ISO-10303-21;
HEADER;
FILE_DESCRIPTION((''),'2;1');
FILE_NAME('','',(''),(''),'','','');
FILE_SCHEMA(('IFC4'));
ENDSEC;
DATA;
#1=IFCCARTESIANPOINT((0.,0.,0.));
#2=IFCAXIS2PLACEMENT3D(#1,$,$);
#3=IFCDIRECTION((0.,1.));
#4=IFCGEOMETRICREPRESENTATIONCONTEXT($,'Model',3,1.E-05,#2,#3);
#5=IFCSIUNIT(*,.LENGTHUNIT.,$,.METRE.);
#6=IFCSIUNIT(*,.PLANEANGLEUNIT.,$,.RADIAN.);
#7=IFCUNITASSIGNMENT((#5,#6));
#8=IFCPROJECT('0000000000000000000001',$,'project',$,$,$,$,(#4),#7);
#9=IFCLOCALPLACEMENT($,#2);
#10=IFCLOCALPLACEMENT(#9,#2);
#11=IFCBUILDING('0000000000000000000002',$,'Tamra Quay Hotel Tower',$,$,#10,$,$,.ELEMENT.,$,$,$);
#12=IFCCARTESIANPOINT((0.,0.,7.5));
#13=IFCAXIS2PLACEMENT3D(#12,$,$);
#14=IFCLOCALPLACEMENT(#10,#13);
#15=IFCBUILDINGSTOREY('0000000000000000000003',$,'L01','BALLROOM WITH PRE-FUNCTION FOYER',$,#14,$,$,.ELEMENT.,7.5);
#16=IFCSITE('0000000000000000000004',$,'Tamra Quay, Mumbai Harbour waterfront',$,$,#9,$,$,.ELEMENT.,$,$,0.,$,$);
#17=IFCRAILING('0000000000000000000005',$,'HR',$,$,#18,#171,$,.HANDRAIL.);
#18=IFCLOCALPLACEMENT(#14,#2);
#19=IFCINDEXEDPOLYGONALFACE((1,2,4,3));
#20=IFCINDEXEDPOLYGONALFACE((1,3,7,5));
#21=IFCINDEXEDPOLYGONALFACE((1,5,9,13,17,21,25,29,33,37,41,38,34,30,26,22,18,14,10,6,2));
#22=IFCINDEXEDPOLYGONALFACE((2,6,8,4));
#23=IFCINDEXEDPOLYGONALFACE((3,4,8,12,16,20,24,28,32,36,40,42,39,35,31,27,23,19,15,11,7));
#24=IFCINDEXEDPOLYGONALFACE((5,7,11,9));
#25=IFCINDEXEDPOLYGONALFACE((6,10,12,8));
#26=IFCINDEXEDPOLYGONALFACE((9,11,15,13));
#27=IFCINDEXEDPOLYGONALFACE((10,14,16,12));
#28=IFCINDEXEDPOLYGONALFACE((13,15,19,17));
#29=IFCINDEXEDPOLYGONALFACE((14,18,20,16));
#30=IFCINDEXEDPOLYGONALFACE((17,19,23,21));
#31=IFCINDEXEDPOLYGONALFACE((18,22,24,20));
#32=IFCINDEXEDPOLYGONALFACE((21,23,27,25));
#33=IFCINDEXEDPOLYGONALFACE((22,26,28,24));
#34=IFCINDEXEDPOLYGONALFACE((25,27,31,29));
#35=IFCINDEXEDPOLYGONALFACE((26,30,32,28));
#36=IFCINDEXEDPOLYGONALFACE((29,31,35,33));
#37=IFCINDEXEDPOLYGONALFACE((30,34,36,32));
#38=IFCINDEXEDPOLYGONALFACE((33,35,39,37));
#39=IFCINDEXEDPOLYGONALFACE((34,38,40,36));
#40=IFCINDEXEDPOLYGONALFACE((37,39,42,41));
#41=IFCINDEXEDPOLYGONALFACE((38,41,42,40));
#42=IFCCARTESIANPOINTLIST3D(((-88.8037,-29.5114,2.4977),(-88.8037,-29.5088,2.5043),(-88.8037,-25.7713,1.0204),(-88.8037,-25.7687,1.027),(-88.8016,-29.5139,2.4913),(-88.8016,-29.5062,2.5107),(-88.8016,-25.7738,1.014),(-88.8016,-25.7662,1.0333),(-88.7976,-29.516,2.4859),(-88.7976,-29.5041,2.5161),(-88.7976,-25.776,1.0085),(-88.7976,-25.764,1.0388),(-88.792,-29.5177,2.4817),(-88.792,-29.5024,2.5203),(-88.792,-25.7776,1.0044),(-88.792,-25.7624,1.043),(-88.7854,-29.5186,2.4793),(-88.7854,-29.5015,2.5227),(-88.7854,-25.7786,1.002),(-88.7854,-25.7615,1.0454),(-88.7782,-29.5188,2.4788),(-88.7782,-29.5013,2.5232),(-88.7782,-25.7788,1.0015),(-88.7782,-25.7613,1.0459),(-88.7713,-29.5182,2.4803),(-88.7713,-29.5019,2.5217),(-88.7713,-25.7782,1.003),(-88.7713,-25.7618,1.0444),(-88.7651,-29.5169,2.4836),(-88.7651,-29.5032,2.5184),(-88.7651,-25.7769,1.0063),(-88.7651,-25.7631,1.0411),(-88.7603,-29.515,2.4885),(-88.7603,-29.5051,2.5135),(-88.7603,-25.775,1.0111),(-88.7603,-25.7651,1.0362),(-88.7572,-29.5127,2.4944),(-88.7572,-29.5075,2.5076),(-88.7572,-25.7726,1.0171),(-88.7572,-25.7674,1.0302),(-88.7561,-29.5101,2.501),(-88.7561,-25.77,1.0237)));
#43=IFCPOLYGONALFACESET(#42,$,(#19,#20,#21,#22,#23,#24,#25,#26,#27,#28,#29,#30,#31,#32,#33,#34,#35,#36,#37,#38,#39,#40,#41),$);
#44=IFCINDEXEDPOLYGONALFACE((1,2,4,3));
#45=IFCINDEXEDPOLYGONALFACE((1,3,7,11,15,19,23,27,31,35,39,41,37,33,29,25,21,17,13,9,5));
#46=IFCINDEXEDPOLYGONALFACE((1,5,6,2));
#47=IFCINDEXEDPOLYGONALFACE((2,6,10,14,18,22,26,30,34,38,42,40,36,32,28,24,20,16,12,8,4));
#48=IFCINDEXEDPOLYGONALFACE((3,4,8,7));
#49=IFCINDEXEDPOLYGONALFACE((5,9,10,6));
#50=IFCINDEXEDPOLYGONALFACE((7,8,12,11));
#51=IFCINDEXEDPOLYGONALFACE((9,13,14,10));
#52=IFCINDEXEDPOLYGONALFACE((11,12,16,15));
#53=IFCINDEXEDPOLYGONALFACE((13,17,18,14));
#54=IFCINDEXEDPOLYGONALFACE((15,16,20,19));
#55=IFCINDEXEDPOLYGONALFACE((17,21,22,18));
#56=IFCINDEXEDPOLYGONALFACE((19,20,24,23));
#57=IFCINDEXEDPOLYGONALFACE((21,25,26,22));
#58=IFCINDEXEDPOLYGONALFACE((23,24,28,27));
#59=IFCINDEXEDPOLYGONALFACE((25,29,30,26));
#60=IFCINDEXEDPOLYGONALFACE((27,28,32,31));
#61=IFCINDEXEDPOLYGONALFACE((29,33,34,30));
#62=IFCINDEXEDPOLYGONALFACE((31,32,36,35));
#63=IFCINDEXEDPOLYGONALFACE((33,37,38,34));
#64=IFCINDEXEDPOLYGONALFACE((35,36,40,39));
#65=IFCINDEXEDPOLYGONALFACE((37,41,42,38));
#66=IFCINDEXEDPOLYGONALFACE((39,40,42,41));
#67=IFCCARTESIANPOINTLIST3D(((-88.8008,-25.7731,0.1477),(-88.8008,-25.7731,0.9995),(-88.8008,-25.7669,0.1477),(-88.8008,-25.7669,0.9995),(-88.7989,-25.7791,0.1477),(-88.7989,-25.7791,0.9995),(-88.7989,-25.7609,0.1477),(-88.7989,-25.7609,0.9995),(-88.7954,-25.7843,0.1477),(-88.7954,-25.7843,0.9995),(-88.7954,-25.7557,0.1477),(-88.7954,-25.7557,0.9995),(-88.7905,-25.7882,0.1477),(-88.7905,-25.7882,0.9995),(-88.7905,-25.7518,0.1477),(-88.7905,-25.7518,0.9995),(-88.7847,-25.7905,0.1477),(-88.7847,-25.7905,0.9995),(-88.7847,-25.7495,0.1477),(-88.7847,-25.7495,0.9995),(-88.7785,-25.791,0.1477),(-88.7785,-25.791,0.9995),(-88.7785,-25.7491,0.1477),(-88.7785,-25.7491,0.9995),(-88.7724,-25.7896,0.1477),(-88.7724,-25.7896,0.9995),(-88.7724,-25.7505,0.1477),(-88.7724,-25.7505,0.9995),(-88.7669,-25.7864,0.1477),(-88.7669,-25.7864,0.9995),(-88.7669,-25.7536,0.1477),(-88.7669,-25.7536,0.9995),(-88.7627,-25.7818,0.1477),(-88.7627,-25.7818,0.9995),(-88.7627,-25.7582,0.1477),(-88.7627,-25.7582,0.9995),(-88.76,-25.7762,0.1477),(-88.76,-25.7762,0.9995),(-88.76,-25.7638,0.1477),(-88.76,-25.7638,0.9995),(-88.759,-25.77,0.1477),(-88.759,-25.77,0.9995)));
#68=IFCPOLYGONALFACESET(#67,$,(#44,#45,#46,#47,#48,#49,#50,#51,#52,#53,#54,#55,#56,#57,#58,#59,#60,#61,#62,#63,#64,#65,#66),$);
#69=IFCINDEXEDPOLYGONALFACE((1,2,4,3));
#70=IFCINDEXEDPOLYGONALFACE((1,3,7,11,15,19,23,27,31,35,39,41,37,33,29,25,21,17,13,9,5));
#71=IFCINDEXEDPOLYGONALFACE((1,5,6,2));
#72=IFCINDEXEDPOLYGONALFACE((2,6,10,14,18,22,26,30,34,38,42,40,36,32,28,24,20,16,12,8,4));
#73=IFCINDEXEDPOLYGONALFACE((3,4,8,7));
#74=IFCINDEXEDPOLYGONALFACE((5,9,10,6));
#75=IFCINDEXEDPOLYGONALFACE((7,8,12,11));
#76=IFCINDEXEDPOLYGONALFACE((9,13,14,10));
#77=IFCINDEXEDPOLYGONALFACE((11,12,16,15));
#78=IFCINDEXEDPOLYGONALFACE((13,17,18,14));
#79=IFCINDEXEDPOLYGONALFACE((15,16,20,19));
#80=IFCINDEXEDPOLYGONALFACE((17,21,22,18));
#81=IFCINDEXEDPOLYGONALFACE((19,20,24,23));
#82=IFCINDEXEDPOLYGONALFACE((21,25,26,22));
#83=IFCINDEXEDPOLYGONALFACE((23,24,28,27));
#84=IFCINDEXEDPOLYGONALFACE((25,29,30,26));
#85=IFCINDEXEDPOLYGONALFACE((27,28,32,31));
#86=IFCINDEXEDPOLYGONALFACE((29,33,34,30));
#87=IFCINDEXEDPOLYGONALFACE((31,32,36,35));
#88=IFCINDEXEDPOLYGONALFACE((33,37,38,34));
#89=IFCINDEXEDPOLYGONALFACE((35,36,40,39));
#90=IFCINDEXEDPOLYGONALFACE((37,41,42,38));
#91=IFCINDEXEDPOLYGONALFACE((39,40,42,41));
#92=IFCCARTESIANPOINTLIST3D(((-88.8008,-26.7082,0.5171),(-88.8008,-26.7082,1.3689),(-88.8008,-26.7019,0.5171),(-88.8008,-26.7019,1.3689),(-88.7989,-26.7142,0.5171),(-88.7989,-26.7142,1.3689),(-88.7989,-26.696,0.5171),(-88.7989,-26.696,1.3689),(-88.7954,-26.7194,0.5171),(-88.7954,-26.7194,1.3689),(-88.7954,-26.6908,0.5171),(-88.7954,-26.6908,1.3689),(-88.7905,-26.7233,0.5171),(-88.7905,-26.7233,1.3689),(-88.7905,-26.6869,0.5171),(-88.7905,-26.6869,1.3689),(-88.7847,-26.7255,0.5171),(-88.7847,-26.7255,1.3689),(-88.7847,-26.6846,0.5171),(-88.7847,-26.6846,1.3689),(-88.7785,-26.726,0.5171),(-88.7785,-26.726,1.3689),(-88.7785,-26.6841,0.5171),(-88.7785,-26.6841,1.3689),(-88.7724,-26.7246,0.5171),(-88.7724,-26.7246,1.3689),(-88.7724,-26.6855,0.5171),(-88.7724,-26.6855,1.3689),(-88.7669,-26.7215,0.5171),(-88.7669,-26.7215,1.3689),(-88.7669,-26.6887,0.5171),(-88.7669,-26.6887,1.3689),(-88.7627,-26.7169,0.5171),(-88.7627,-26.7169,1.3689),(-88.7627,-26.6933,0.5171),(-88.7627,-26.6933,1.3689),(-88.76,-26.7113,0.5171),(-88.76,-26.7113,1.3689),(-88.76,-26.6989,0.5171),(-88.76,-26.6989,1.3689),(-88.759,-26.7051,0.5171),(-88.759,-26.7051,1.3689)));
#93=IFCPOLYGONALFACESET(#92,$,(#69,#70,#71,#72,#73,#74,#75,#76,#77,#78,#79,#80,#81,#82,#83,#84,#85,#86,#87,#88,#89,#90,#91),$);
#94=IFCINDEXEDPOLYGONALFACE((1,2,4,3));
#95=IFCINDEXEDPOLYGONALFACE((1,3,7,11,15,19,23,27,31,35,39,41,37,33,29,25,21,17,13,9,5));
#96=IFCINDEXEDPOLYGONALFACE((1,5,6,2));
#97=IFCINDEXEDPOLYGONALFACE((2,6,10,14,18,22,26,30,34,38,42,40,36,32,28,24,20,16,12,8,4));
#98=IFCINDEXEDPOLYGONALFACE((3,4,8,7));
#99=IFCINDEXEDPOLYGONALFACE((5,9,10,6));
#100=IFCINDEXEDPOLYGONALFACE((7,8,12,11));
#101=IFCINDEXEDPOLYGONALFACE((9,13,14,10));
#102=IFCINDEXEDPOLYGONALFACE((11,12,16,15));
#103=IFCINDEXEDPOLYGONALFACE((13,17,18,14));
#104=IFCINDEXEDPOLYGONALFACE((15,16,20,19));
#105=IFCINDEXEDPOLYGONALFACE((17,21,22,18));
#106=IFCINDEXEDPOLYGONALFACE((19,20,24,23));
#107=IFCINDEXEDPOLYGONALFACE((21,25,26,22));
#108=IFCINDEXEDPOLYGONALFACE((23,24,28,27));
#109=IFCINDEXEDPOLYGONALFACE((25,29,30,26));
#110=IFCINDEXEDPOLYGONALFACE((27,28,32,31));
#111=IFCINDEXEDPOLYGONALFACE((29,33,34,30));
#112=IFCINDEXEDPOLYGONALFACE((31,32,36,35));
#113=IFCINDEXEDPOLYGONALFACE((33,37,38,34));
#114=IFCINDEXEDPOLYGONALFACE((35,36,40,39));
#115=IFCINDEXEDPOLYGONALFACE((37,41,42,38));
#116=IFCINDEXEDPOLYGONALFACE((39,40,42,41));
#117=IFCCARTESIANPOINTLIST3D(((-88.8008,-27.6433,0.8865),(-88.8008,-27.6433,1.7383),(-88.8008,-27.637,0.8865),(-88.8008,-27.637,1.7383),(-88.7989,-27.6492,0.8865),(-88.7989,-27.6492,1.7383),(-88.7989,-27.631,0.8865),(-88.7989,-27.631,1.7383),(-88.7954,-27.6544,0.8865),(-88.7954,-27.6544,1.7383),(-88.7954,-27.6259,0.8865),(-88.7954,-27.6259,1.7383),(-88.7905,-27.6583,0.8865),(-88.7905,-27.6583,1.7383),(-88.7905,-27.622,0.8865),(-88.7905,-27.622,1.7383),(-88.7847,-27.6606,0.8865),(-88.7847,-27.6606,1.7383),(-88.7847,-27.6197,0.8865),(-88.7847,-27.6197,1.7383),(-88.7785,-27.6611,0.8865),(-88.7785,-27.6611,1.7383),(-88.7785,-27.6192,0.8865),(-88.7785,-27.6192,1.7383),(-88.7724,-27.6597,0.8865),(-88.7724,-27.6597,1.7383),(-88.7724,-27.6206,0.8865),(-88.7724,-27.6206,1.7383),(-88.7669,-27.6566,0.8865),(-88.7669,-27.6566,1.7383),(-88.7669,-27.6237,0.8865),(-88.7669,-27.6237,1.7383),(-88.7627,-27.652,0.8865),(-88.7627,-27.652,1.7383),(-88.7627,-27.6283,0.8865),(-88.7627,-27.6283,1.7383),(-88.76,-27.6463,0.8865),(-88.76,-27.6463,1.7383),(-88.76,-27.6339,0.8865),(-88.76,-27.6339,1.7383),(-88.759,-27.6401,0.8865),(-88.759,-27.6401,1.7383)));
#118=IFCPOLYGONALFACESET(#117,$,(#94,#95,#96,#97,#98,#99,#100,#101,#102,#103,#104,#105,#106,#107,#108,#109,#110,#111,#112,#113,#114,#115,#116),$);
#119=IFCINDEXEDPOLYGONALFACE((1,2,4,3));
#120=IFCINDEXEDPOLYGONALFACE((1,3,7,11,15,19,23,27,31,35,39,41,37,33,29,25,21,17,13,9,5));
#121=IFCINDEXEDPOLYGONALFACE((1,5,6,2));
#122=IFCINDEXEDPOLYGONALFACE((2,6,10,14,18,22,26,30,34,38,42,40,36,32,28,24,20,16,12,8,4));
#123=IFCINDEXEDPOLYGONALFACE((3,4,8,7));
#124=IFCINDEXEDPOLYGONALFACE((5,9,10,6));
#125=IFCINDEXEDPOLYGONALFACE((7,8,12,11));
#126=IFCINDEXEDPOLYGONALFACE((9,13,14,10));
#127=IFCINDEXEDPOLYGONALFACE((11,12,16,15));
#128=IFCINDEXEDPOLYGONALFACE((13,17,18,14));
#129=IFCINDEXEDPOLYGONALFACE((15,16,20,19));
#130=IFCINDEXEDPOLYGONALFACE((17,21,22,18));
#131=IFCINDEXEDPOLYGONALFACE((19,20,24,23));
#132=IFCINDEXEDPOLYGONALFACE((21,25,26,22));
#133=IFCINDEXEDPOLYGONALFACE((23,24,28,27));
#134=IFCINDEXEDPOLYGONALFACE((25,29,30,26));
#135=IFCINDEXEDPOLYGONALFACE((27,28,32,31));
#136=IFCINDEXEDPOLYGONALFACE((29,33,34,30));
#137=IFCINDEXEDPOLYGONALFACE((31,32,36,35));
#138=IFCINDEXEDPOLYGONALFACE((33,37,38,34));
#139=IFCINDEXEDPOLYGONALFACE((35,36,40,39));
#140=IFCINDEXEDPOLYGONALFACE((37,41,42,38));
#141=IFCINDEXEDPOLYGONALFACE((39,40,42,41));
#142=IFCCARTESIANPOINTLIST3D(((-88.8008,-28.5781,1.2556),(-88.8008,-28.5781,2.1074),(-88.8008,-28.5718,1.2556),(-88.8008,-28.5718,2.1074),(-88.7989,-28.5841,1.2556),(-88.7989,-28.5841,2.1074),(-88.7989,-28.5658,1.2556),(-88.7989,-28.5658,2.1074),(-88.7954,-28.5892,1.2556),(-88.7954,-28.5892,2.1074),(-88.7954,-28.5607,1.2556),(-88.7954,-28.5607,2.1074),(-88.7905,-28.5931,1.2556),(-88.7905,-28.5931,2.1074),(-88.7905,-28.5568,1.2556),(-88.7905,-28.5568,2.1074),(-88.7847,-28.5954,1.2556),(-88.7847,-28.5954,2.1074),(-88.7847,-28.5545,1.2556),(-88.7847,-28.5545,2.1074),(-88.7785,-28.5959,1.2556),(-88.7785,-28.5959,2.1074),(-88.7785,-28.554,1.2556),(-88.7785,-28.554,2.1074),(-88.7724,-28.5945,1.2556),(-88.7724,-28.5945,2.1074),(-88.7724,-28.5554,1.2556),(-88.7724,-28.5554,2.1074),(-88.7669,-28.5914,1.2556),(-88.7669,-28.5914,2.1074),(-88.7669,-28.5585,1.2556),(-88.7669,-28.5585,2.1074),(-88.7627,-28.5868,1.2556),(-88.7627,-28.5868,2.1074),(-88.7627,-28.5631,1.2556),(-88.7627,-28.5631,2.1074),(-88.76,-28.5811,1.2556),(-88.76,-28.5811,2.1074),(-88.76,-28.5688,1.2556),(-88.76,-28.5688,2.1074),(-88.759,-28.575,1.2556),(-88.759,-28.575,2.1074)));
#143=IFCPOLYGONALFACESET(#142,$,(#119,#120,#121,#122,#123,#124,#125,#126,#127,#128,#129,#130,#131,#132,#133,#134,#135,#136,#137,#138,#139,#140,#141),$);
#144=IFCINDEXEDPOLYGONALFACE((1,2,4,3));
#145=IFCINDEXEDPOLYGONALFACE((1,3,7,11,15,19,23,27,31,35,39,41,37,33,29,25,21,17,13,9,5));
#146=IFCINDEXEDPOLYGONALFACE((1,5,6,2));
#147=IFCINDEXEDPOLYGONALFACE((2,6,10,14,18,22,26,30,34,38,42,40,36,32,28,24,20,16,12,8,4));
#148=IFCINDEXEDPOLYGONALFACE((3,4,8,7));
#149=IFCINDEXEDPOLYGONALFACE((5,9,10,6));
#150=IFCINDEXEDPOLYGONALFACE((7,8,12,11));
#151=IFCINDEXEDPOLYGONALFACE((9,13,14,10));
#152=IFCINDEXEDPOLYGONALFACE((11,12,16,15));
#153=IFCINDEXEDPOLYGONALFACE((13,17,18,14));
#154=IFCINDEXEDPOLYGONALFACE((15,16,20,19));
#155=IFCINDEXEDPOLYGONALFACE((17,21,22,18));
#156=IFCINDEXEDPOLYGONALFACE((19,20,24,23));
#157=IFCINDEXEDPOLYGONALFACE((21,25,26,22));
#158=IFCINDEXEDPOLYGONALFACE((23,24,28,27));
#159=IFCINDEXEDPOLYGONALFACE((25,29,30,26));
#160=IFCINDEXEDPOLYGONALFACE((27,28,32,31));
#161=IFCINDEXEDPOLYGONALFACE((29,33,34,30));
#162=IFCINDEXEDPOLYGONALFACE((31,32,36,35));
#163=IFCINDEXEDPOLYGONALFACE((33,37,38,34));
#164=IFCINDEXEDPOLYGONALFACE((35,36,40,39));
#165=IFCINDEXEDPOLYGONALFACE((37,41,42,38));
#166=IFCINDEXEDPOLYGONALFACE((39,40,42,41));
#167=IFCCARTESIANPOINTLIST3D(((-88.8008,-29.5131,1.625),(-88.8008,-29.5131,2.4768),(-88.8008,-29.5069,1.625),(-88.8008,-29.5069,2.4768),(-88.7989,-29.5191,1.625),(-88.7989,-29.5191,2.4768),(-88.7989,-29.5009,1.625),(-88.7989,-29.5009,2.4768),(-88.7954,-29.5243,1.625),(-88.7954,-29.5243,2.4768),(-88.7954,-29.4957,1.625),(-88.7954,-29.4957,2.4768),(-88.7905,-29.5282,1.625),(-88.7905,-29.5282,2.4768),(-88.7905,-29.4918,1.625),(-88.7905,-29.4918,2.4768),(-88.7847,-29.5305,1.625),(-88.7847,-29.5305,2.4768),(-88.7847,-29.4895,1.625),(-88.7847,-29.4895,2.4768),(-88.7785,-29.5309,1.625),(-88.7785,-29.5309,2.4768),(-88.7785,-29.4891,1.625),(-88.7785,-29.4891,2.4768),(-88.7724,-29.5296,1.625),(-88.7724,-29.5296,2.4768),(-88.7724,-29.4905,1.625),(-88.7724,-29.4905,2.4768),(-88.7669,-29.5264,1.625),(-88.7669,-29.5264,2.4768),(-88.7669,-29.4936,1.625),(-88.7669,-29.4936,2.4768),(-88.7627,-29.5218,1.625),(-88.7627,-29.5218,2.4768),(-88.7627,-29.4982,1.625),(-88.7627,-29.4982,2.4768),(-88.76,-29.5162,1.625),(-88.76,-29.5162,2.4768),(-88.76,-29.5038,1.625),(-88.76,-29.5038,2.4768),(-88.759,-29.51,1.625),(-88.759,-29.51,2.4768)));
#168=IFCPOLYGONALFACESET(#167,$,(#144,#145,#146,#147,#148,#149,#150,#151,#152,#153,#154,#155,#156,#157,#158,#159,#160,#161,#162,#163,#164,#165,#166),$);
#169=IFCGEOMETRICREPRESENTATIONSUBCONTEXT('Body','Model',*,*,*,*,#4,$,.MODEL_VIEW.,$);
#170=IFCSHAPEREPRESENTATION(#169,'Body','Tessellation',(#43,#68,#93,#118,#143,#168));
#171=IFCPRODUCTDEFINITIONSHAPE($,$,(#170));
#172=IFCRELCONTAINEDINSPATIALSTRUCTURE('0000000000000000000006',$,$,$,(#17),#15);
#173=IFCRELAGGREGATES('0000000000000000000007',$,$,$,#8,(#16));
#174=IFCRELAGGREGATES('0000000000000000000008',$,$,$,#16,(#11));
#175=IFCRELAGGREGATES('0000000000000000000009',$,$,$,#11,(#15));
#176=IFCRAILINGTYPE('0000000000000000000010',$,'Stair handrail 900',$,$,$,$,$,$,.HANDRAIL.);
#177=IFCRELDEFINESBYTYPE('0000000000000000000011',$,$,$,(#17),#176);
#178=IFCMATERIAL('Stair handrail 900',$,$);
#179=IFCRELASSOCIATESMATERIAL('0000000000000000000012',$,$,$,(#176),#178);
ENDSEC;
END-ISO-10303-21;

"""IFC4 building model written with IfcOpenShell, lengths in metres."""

from ifc_helpers import new_model, si_unit, direction, frame, origin, origin_2d, place, context, subcontext, project, spatial, circle, extrude, material, type_object, element, save


model = new_model("IFC4")

# Units and contexts
model_context = context("Model", 3, precision=1e-05, world=origin(), true_north=direction((0.0, 1.0)))
body_context = subcontext(model_context, "Body", "Model", "MODEL_VIEW")
ifc_project = project(units=[si_unit("LENGTHUNIT", "METRE"), si_unit("PLANEANGLEUNIT", "RADIAN")], contexts=[model_context])

# Site, building, storey
site_placement = place(None, origin())
site = spatial("IfcSite", under=ifc_project, at=site_placement, Name="Tamra Quay, Mumbai Harbour waterfront", CompositionType="ELEMENT", RefElevation=0.0)
building_placement = place(site_placement, origin())
building = spatial("IfcBuilding", under=site, at=building_placement, Name="Tamra Quay Hotel Tower", CompositionType="ELEMENT")
storey_placement = place(building_placement, frame((0.0, 0.0, 7.5)))
storey = spatial("IfcBuildingStorey", under=building, at=storey_placement, Name="L01", Description="BALLROOM WITH PRE-FUNCTION FOYER", CompositionType="ELEMENT", Elevation=7.5)

# Railing
ifc_material_1 = material(Name="Stair handrail 900")
railing_type_1 = type_object("IfcRailingType", Name="Stair handrail 900", PredefinedType="HANDRAIL", material=ifc_material_1)
for number, where, name in (
    (1, (-88.78, -25.77, 0.1477), "HR"),
):
    element("IfcRailing", number, at=place(storey_placement, frame(where)), inside=storey, type_object=railing_type_1, Name=name, PredefinedType="HANDRAIL", context=body_context, shape_type="SweptSolid", body=[
        extrude(circle(Radius=0.0239, at=origin_2d()), frame((0.0, 0.0, 0.876), z_axis=(0.0, -0.930072, 0.367378), x_axis=(1.0, 0.0, 0.0)), (0.0, 0.0, 1.0), 4.0212),
        extrude(circle(Radius=0.021, at=origin_2d()), origin(), (0.0, 0.0, 1.0), 0.8518),
        extrude(circle(Radius=0.021, at=origin_2d()), frame((0.0, -0.9351, 0.3694)), (0.0, 0.0, 1.0), 0.8518),
        extrude(circle(Radius=0.021, at=origin_2d()), frame((0.0, -1.8701, 0.7388)), (0.0, 0.0, 1.0), 0.8518),
        extrude(circle(Radius=0.021, at=origin_2d()), frame((0.0, -2.8049, 1.1079)), (0.0, 0.0, 1.0), 0.8518),
        extrude(circle(Radius=0.021, at=origin_2d()), frame((0.0, -3.74, 1.4773)), (0.0, 0.0, 1.0), 0.8518),
    ])

save(model, "model.ifc")
